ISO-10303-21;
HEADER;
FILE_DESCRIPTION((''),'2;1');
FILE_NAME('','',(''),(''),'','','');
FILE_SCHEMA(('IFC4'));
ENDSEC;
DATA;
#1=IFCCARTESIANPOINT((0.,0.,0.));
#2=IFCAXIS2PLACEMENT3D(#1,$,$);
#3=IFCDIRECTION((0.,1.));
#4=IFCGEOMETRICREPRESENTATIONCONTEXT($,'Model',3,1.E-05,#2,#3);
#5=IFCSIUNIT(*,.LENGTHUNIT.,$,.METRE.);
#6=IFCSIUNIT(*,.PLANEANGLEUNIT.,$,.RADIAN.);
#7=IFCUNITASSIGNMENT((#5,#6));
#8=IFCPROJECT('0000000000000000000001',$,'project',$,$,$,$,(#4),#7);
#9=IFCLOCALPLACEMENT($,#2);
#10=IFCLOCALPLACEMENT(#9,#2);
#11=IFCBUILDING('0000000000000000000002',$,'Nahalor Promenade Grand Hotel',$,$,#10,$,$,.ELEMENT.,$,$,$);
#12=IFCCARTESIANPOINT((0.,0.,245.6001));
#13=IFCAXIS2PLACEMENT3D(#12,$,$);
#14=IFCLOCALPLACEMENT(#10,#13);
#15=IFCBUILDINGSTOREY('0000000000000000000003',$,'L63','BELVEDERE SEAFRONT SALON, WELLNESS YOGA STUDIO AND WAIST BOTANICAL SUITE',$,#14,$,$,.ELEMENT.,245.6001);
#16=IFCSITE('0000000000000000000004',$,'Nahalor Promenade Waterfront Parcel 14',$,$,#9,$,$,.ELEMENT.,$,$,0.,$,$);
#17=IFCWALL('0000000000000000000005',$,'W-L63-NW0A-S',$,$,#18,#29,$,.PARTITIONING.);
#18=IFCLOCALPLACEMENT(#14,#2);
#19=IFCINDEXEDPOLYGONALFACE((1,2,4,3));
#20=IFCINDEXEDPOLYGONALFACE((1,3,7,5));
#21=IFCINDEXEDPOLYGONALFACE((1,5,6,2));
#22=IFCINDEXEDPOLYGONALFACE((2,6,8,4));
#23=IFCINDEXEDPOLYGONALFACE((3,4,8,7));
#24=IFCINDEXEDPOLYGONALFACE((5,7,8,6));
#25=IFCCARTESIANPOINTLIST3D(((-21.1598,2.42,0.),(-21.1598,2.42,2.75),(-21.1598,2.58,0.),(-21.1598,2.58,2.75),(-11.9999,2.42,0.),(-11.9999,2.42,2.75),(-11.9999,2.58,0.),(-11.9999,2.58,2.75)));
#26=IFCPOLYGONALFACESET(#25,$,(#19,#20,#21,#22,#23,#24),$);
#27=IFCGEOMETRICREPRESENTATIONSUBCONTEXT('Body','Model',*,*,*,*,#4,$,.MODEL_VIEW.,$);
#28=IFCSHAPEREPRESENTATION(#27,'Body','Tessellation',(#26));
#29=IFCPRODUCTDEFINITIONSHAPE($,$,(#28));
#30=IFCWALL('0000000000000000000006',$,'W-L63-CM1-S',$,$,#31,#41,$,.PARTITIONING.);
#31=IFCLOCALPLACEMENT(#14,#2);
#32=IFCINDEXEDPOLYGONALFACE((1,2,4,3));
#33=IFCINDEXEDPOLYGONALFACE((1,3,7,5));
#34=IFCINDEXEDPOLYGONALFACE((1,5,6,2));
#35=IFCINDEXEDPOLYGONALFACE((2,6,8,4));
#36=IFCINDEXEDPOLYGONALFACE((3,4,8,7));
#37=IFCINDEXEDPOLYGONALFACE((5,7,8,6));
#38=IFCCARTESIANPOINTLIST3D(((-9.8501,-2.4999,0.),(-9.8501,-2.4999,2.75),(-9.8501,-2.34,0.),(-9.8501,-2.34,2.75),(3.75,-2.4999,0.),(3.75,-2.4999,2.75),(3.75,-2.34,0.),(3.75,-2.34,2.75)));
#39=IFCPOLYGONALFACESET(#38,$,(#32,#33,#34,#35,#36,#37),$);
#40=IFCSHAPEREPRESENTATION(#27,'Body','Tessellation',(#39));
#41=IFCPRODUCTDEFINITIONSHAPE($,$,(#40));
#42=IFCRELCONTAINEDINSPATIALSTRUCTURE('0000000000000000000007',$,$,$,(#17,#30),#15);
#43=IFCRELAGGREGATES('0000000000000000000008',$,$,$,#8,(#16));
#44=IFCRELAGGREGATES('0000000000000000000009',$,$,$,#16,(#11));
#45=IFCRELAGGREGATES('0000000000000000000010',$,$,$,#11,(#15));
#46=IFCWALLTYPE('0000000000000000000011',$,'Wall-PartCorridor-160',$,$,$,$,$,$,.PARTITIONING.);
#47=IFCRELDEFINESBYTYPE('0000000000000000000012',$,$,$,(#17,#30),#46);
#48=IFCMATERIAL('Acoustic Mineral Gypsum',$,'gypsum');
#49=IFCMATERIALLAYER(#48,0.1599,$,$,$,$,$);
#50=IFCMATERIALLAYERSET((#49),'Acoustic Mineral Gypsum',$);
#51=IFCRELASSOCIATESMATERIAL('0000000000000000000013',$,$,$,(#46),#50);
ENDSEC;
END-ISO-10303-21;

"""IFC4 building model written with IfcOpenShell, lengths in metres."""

from ifc_helpers import new_model, si_unit, direction, frame, frame_2d, origin, place, context, subcontext, project, spatial, rectangle, extrude, source, transform, mapped, material, layer, layer_set, type_object, element, save


model = new_model("IFC4")

# Units and contexts
model_context = context("Model", 3, precision=1e-05, world=origin(), true_north=direction((0.0, 1.0)))
body_context = subcontext(model_context, "Body", "Model", "MODEL_VIEW")
ifc_project = project(units=[si_unit("LENGTHUNIT", "METRE"), si_unit("PLANEANGLEUNIT", "RADIAN")], contexts=[model_context])

# Site, building, storey
site_placement = place(None, origin())
site = spatial("IfcSite", under=ifc_project, at=site_placement, Name="Nahalor Promenade Waterfront Parcel 14", CompositionType="ELEMENT", RefElevation=0.0)
building_placement = place(site_placement, origin())
building = spatial("IfcBuilding", under=site, at=building_placement, Name="Nahalor Promenade Grand Hotel", CompositionType="ELEMENT")
storey_placement = place(building_placement, frame((0.0, 0.0, 245.6001)))
storey = spatial("IfcBuildingStorey", under=building, at=storey_placement, Name="L63", Description="BELVEDERE SEAFRONT SALON, WELLNESS YOGA STUDIO AND WAIST BOTANICAL SUITE", CompositionType="ELEMENT", Elevation=245.6001)

# Shared definitions
ifc_material_1 = material(Name="Acoustic Mineral Gypsum", Category="gypsum")

# Shared definitions
ifc_layer_1 = layer(ifc_material_1, 0.1599)
ifc_layer_set_1 = layer_set([ifc_layer_1], Name="Acoustic Mineral Gypsum")
wall_type_1 = type_object("IfcWallType", Name="Wall-PartCorridor-160", PredefinedType="PARTITIONING", material=ifc_layer_set_1)

# Walls
shared_shape_1 = source(origin(), body_context, "Body", "SweptSolid", [
    extrude(rectangle(XDim=9.1599, YDim=0.1599, at=frame_2d((4.5801, 0.0))), origin(), (0.0, 0.0, 1.0), 2.75),
])
wall_1_placement = place(storey_placement, frame((-21.1599, 2.5, 0.0), z_axis=(0.0, 0.0, 1.0), x_axis=(1.0, 0.0, 0.0)))
element("IfcWall", 1, at=wall_1_placement, inside=storey, type_object=wall_type_1, Name="W-L63-NW0A-S", PredefinedType="PARTITIONING", context=body_context, shape_type="MappedRepresentation", body=[
    mapped(shared_shape_1, transform((0.0, 0.0, 0.0), scale=1.0)),
])
shared_shape_2 = source(origin(), body_context, "Body", "SweptSolid", [
    extrude(rectangle(XDim=13.6001, YDim=0.1599, at=frame_2d((6.8, 0.0))), origin(), (0.0, 0.0, 1.0), 2.75),
])
wall_2_placement = place(storey_placement, frame((-9.8501, -2.4199, 0.0), z_axis=(0.0, 0.0, 1.0), x_axis=(1.0, 0.0, 0.0)))
element("IfcWall", 2, at=wall_2_placement, inside=storey, type_object=wall_type_1, Name="W-L63-CM1-S", PredefinedType="PARTITIONING", context=body_context, shape_type="MappedRepresentation", body=[
    mapped(shared_shape_2, transform((0.0, 0.0, 0.0), scale=1.0)),
])

save(model, "model.ifc")
